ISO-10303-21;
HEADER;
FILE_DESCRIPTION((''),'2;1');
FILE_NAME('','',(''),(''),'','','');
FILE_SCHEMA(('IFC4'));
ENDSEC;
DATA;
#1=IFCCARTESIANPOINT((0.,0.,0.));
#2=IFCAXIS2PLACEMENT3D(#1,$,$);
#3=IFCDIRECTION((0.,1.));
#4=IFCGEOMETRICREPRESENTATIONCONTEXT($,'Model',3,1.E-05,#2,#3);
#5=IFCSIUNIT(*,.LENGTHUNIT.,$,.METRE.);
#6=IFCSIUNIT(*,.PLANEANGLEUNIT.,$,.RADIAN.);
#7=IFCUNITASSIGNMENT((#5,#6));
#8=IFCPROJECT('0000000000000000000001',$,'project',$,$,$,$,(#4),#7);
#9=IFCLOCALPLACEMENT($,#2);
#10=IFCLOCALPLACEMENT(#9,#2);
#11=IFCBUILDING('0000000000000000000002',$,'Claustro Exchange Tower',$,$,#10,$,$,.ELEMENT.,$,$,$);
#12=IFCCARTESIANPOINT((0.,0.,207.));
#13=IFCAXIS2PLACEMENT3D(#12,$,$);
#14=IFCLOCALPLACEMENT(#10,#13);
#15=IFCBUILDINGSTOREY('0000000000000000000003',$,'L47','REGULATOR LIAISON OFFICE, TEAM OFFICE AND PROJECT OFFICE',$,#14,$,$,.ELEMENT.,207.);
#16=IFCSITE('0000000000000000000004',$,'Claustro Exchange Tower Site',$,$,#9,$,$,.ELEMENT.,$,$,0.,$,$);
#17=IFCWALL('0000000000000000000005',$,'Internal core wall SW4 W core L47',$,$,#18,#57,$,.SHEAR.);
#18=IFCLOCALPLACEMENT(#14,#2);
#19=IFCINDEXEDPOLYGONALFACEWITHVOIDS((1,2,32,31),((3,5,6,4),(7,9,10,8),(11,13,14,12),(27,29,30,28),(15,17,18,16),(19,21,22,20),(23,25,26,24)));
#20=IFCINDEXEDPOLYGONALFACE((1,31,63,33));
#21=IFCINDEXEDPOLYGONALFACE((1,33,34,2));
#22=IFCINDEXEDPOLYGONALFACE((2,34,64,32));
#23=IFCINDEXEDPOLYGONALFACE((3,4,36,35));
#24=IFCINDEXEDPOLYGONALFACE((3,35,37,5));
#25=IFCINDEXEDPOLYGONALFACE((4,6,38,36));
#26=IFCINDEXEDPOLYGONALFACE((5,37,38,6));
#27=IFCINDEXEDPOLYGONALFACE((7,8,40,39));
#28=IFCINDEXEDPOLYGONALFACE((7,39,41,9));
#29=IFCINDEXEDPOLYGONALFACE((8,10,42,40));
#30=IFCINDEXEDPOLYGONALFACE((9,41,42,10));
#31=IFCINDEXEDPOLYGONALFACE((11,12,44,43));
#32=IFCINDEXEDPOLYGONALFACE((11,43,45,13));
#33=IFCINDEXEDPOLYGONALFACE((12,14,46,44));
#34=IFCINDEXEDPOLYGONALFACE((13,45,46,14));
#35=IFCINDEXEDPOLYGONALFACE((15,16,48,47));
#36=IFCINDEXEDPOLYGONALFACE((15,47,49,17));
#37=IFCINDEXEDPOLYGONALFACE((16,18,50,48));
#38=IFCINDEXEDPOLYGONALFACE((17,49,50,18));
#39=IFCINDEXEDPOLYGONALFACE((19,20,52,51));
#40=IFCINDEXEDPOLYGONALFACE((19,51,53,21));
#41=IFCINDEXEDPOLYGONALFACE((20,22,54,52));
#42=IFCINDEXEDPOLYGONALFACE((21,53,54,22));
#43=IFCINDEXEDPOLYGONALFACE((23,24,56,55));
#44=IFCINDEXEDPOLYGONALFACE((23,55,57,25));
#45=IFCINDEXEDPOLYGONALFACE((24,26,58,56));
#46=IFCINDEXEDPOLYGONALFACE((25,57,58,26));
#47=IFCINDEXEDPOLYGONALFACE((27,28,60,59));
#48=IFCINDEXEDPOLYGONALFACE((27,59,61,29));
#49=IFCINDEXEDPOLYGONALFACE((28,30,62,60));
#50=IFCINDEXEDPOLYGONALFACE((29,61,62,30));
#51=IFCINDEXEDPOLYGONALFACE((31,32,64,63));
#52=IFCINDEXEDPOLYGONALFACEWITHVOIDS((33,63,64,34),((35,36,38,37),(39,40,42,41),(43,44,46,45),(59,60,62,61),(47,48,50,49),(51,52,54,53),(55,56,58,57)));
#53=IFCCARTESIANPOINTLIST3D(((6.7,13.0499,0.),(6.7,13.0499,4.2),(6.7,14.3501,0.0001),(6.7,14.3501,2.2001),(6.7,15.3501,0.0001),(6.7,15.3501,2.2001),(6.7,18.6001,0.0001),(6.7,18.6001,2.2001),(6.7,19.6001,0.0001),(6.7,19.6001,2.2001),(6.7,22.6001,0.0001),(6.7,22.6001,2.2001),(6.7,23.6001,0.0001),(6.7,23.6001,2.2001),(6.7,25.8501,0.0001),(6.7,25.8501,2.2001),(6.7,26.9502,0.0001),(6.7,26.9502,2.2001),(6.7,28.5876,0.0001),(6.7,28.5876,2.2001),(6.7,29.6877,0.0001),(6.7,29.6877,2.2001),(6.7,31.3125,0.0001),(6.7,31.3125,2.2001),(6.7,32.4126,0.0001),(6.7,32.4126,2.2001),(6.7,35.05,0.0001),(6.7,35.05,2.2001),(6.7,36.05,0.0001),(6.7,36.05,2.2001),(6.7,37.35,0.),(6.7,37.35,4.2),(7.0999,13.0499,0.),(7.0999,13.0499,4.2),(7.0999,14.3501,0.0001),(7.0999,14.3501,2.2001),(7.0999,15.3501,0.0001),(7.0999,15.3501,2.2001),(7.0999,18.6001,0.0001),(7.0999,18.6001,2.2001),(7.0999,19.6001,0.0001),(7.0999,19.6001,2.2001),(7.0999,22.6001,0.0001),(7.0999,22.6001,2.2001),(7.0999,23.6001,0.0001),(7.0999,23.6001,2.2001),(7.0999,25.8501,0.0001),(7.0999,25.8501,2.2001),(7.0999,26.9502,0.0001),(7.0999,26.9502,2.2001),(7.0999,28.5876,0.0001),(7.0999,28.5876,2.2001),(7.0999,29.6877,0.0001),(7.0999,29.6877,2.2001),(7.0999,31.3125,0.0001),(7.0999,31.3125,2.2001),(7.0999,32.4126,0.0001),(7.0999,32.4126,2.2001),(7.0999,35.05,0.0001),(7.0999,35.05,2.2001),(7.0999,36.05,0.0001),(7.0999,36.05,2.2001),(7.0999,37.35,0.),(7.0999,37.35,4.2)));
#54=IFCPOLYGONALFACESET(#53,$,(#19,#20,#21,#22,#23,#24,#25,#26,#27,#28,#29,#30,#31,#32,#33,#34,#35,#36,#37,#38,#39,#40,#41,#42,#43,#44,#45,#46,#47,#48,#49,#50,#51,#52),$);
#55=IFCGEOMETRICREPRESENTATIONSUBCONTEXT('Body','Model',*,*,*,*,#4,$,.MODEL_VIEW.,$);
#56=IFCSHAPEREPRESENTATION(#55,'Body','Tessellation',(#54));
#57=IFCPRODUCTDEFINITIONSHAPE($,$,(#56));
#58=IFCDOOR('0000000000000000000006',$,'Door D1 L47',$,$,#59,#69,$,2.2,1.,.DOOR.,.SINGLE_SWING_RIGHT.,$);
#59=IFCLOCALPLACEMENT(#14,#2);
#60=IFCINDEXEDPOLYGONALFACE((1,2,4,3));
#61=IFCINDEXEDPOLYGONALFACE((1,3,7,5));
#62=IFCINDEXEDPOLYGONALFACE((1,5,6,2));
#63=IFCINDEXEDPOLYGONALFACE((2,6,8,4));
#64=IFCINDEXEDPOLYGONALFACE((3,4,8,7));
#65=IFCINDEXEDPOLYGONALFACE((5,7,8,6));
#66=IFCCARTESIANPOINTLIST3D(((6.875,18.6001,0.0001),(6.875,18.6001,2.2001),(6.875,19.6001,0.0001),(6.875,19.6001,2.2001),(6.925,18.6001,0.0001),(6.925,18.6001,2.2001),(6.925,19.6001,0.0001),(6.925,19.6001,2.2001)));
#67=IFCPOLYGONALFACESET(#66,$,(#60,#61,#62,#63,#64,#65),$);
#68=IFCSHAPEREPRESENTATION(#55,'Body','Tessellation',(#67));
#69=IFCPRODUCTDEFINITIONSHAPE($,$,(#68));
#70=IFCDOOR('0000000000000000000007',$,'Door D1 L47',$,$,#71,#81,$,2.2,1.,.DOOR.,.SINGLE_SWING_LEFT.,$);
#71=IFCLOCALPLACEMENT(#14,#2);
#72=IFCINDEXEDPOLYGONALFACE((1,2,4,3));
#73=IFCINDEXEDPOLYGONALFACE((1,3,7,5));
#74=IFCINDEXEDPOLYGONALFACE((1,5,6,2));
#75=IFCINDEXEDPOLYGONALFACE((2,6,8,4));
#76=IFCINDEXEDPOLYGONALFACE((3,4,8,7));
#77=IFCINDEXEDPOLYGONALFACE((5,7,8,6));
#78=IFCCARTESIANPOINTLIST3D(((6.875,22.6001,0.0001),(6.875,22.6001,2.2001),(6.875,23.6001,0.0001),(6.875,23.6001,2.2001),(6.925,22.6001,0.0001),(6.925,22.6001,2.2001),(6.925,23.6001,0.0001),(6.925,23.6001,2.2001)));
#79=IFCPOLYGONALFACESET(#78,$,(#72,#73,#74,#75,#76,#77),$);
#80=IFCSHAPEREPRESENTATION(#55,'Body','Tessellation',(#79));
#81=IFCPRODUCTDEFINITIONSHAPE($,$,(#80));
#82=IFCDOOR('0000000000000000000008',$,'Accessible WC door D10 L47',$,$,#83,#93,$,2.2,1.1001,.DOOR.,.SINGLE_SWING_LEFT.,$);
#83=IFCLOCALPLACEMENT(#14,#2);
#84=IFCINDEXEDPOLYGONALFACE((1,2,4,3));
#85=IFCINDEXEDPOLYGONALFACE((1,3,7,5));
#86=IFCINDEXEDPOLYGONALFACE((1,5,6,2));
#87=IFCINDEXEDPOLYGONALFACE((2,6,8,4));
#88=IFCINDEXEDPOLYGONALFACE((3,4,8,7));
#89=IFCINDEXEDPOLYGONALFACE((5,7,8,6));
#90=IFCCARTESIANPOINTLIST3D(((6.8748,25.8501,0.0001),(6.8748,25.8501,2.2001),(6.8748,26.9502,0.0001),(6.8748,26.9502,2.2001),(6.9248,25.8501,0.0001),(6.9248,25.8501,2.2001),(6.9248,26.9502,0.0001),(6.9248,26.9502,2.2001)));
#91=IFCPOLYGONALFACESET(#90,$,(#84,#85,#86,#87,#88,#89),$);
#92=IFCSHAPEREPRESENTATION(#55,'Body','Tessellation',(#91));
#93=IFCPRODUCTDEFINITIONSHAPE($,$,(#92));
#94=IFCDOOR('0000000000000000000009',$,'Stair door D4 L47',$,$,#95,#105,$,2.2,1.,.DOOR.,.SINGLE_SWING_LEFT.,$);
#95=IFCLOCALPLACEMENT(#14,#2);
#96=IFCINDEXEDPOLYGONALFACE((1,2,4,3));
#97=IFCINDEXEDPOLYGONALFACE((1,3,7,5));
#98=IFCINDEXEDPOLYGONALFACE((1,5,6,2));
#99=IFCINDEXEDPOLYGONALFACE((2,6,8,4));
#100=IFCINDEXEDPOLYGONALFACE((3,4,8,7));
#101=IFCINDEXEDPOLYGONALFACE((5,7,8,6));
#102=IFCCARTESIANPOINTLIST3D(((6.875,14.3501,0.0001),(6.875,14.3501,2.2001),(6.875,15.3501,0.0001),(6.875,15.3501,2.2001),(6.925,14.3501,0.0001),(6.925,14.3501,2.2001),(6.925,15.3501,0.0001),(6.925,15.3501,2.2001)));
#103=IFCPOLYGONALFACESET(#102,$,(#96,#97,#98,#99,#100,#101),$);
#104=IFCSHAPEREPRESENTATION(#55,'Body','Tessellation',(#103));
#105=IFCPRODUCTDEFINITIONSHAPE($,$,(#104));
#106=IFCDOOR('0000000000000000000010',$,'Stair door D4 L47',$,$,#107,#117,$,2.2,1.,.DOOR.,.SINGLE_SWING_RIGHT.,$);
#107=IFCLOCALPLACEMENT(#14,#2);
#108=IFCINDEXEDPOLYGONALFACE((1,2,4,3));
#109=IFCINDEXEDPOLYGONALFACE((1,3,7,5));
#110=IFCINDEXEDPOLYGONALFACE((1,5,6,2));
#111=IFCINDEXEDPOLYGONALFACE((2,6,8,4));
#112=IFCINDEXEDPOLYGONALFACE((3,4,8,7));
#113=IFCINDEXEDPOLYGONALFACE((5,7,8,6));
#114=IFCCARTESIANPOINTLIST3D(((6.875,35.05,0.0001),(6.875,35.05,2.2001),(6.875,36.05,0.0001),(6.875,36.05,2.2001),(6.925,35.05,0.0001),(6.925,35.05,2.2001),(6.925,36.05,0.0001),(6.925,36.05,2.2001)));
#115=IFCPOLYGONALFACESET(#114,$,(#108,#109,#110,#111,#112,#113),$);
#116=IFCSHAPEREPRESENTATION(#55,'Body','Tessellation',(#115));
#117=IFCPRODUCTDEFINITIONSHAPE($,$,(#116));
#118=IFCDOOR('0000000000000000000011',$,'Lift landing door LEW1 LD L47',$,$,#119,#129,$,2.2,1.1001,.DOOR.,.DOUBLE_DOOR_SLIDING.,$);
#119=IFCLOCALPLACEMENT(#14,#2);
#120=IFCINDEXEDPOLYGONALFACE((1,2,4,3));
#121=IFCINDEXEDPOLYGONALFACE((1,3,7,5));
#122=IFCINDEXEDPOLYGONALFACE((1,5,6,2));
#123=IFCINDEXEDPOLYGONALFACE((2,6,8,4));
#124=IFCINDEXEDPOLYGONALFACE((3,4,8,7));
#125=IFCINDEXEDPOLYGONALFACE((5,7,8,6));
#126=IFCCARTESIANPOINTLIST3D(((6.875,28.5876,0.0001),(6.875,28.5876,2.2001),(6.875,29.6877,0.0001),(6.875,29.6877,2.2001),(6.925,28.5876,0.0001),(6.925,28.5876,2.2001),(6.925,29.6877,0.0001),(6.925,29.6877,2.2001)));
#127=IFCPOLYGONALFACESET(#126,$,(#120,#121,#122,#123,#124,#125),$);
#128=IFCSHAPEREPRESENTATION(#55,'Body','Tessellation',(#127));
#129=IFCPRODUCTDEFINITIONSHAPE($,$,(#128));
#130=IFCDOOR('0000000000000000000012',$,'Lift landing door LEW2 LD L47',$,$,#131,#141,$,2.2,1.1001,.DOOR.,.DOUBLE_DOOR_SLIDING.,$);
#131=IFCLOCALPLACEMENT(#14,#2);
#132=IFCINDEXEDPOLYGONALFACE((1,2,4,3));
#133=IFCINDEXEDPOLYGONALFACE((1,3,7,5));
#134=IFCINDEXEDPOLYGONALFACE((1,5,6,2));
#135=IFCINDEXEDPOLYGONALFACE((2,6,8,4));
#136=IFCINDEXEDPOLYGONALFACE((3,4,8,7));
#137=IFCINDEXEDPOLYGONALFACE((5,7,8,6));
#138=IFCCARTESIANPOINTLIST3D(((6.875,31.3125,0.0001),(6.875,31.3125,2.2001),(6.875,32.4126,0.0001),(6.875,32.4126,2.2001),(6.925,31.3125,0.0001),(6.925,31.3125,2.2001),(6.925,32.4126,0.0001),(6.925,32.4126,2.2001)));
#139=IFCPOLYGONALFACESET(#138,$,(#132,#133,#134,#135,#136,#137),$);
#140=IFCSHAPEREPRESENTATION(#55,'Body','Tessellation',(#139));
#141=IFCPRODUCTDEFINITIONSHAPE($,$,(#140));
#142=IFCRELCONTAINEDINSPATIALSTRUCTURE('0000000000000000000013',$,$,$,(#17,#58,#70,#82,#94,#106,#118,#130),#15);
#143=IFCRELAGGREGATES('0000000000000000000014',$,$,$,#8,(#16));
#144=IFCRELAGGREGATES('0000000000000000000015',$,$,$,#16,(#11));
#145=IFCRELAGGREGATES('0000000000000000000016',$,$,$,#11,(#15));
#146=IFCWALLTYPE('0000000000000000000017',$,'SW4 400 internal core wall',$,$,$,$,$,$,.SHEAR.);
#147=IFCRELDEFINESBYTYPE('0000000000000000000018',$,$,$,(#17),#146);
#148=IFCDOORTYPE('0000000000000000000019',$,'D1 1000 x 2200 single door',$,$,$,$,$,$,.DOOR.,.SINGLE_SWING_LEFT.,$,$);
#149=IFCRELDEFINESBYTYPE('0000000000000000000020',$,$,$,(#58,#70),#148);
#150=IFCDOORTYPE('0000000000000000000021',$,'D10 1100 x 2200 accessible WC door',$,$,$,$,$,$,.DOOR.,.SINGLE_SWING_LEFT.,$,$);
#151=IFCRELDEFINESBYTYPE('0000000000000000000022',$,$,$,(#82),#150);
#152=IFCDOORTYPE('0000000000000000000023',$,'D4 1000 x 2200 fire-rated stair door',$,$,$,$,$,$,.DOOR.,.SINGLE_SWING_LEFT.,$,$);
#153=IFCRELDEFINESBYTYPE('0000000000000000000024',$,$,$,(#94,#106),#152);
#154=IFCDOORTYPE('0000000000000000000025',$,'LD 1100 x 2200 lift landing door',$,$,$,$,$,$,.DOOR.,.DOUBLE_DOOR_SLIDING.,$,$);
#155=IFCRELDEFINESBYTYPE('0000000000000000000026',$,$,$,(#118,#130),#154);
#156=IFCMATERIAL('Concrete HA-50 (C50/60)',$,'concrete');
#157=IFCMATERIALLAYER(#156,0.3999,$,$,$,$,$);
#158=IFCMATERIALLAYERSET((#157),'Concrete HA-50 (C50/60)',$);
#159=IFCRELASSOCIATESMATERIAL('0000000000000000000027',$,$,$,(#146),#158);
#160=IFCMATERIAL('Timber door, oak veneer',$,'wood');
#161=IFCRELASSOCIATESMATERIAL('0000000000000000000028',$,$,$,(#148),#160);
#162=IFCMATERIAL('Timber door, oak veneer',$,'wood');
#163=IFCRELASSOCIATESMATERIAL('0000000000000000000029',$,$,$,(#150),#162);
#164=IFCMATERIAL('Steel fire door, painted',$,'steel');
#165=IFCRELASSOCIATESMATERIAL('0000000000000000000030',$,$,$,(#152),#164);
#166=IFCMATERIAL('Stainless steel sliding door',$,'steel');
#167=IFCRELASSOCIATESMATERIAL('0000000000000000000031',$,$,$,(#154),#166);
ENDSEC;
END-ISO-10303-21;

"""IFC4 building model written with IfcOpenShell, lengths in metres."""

from ifc_helpers import new_model, si_unit, direction, frame, frame_2d, origin, place, context, subcontext, project, spatial, rectangle, extrude, material, layer, layer_set, type_object, element, fill, save


model = new_model("IFC4")

# Units and contexts
model_context = context("Model", 3, precision=1e-05, world=origin(), true_north=direction((0.0, 1.0)))
body_context = subcontext(model_context, "Body", "Model", "MODEL_VIEW")
ifc_project = project(units=[si_unit("LENGTHUNIT", "METRE"), si_unit("PLANEANGLEUNIT", "RADIAN")], contexts=[model_context])

# Site, building, storey
site_placement = place(None, origin())
site = spatial("IfcSite", under=ifc_project, at=site_placement, Name="Claustro Exchange Tower Site", CompositionType="ELEMENT", RefElevation=0.0)
building_placement = place(site_placement, origin())
building = spatial("IfcBuilding", under=site, at=building_placement, Name="Claustro Exchange Tower", CompositionType="ELEMENT")
storey_placement = place(building_placement, frame((0.0, 0.0, 207.0)))
storey = spatial("IfcBuildingStorey", under=building, at=storey_placement, Name="L47", Description="REGULATOR LIAISON OFFICE, TEAM OFFICE AND PROJECT OFFICE", CompositionType="ELEMENT", Elevation=207.0)

# Wall, openings, doors
ifc_material_1 = material(Name="Concrete HA-50 (C50/60)", Category="concrete")
ifc_layer_1 = layer(ifc_material_1, 0.3999)
ifc_layer_set_1 = layer_set([ifc_layer_1], Name="Concrete HA-50 (C50/60)")
wall_type_1 = type_object("IfcWallType", Name="SW4 400 internal core wall", PredefinedType="SHEAR", material=ifc_layer_set_1)
wall_1_placement = place(storey_placement, frame((6.8999, 13.05, 0.0), z_axis=(0.0, 0.0, 1.0), x_axis=(0.0, 1.0, 0.0)))
wall_1 = element("IfcWall", 1, at=wall_1_placement, inside=storey, type_object=wall_type_1, Name="Internal core wall SW4 W core L47", PredefinedType="SHEAR", context=body_context, shape_type="SweptSolid", body=[
    extrude(rectangle(XDim=24.3, YDim=0.3999, at=frame_2d((12.1499, 0.0))), origin(), (0.0, 0.0, 1.0), 4.2),
])
opening_1_placement = place(wall_1_placement, frame((1.3, 0.0, 0.0)))
opening_1 = element("IfcOpeningElement", 2, at=opening_1_placement, cuts=wall_1, PredefinedType="OPENING", context=body_context, shape_type="SweptSolid", body=[
    extrude(rectangle(XDim=1.0, YDim=2.2, at=frame_2d((0.5, 1.1001))), frame((0.0, 0.21, 0.0), z_axis=(0.0, -1.0, 0.0), x_axis=(1.0, 0.0, 0.0)), (0.0, 0.0, 1.0), 0.4199),
])
opening_2_placement = place(wall_1_placement, frame((22.0, 0.0, 0.0)))
opening_2 = element("IfcOpeningElement", 3, at=opening_2_placement, cuts=wall_1, PredefinedType="OPENING", context=body_context, shape_type="SweptSolid", body=[
    extrude(rectangle(XDim=1.0, YDim=2.2, at=frame_2d((0.5, 1.1001))), frame((0.0, 0.21, 0.0), z_axis=(0.0, -1.0, 0.0), x_axis=(1.0, 0.0, 0.0)), (0.0, 0.0, 1.0), 0.4199),
])
opening_3_placement = place(wall_1_placement, frame((5.55, 0.0, 0.0)))
opening_3 = element("IfcOpeningElement", 4, at=opening_3_placement, cuts=wall_1, PredefinedType="OPENING", context=body_context, shape_type="SweptSolid", body=[
    extrude(rectangle(XDim=1.0, YDim=2.2, at=frame_2d((0.5, 1.1001))), frame((0.0, 0.21, 0.0), z_axis=(0.0, -1.0, 0.0), x_axis=(1.0, 0.0, 0.0)), (0.0, 0.0, 1.0), 0.4199),
])
opening_4_placement = place(wall_1_placement, frame((9.55, 0.0, 0.0)))
opening_4 = element("IfcOpeningElement", 5, at=opening_4_placement, cuts=wall_1, PredefinedType="OPENING", context=body_context, shape_type="SweptSolid", body=[
    extrude(rectangle(XDim=1.0, YDim=2.2, at=frame_2d((0.5, 1.1001))), frame((0.0, 0.21, 0.0), z_axis=(0.0, -1.0, 0.0), x_axis=(1.0, 0.0, 0.0)), (0.0, 0.0, 1.0), 0.4199),
])
opening_5_placement = place(wall_1_placement, frame((12.8, 0.0, 0.0)))
opening_5 = element("IfcOpeningElement", 6, at=opening_5_placement, cuts=wall_1, PredefinedType="OPENING", context=body_context, shape_type="SweptSolid", body=[
    extrude(rectangle(XDim=1.1001, YDim=2.2, at=frame_2d((0.55, 1.1001))), frame((0.0, 0.21, 0.0), z_axis=(0.0, -1.0, 0.0), x_axis=(1.0, 0.0, 0.0)), (0.0, 0.0, 1.0), 0.4199),
])
opening_6_placement = place(wall_1_placement, frame((15.5376, 0.0, 0.0)))
opening_6 = element("IfcOpeningElement", 7, at=opening_6_placement, cuts=wall_1, PredefinedType="OPENING", context=body_context, shape_type="SweptSolid", body=[
    extrude(rectangle(XDim=1.1001, YDim=2.2, at=frame_2d((0.55, 1.1001))), frame((0.0, 0.21, 0.0), z_axis=(0.0, -1.0, 0.0), x_axis=(1.0, 0.0, 0.0)), (0.0, 0.0, 1.0), 0.4199),
])
opening_7_placement = place(wall_1_placement, frame((18.2625, 0.0, 0.0)))
opening_7 = element("IfcOpeningElement", 8, at=opening_7_placement, cuts=wall_1, PredefinedType="OPENING", context=body_context, shape_type="SweptSolid", body=[
    extrude(rectangle(XDim=1.1001, YDim=2.2, at=frame_2d((0.55, 1.1001))), frame((0.0, 0.21, 0.0), z_axis=(0.0, -1.0, 0.0), x_axis=(1.0, 0.0, 0.0)), (0.0, 0.0, 1.0), 0.4199),
])
ifc_material_2 = material(Name="Timber door, oak veneer", Category="wood")
door_type_1 = type_object("IfcDoorType", Name="D1 1000 x 2200 single door", OperationType="SINGLE_SWING_LEFT", PredefinedType="DOOR", material=ifc_material_2)
door_1_placement = place(opening_3_placement, origin())
door_1 = element("IfcDoor", 9, at=door_1_placement, inside=storey, type_object=door_type_1, Name="Door D1 L47", OperationType="SINGLE_SWING_RIGHT", OverallHeight=2.2, OverallWidth=1.0, PredefinedType="DOOR", context=body_context, shape_type="SweptSolid", body=[
    extrude(rectangle(XDim=1.0, YDim=2.2, at=frame_2d((0.5, 1.1001))), frame((0.0, 0.0249, 0.0), z_axis=(0.0, -1.0, 0.0), x_axis=(1.0, 0.0, 0.0)), (0.0, 0.0, 1.0), 0.05),
])
fill(opening_3, door_1)
door_2_placement = place(opening_4_placement, origin())
door_2 = element("IfcDoor", 10, at=door_2_placement, inside=storey, type_object=door_type_1, Name="Door D1 L47", OperationType="SINGLE_SWING_LEFT", OverallHeight=2.2, OverallWidth=1.0, PredefinedType="DOOR", context=body_context, shape_type="SweptSolid", body=[
    extrude(rectangle(XDim=1.0, YDim=2.2, at=frame_2d((0.5, 1.1001))), frame((0.0, 0.0249, 0.0), z_axis=(0.0, -1.0, 0.0), x_axis=(1.0, 0.0, 0.0)), (0.0, 0.0, 1.0), 0.05),
])
fill(opening_4, door_2)
ifc_material_3 = material(Name="Timber door, oak veneer", Category="wood")
door_type_2 = type_object("IfcDoorType", Name="D10 1100 x 2200 accessible WC door", OperationType="SINGLE_SWING_LEFT", PredefinedType="DOOR", material=ifc_material_3)
door_3_placement = place(opening_5_placement, frame((1.1001, 0.0, 0.0), z_axis=(0.0, 0.0, 1.0), x_axis=(-1.0, 0.0, 0.0)))
door_3 = element("IfcDoor", 11, at=door_3_placement, inside=storey, type_object=door_type_2, Name="Accessible WC door D10 L47", OperationType="SINGLE_SWING_LEFT", OverallHeight=2.2, OverallWidth=1.1001, PredefinedType="DOOR", context=body_context, shape_type="SweptSolid", body=[
    extrude(rectangle(XDim=1.1001, YDim=2.2, at=frame_2d((0.55, 1.1001))), frame((0.0, 0.0249, 0.0), z_axis=(0.0, -1.0, 0.0), x_axis=(1.0, 0.0, 0.0)), (0.0, 0.0, 1.0), 0.05),
])
fill(opening_5, door_3)
ifc_material_4 = material(Name="Steel fire door, painted", Category="steel")
door_type_3 = type_object("IfcDoorType", Name="D4 1000 x 2200 fire-rated stair door", OperationType="SINGLE_SWING_LEFT", PredefinedType="DOOR", material=ifc_material_4)
door_4_placement = place(opening_1_placement, origin())
door_4 = element("IfcDoor", 12, at=door_4_placement, inside=storey, type_object=door_type_3, Name="Stair door D4 L47", OperationType="SINGLE_SWING_LEFT", OverallHeight=2.2, OverallWidth=1.0, PredefinedType="DOOR", context=body_context, shape_type="SweptSolid", body=[
    extrude(rectangle(XDim=1.0, YDim=2.2, at=frame_2d((0.5, 1.1001))), frame((0.0, 0.0249, 0.0), z_axis=(0.0, -1.0, 0.0), x_axis=(1.0, 0.0, 0.0)), (0.0, 0.0, 1.0), 0.05),
])
fill(opening_1, door_4)
door_5_placement = place(opening_2_placement, origin())
door_5 = element("IfcDoor", 13, at=door_5_placement, inside=storey, type_object=door_type_3, Name="Stair door D4 L47", OperationType="SINGLE_SWING_RIGHT", OverallHeight=2.2, OverallWidth=1.0, PredefinedType="DOOR", context=body_context, shape_type="SweptSolid", body=[
    extrude(rectangle(XDim=1.0, YDim=2.2, at=frame_2d((0.5, 1.1001))), frame((0.0, 0.0249, 0.0), z_axis=(0.0, -1.0, 0.0), x_axis=(1.0, 0.0, 0.0)), (0.0, 0.0, 1.0), 0.05),
])
fill(opening_2, door_5)
ifc_material_5 = material(Name="Stainless steel sliding door", Category="steel")
door_type_4 = type_object("IfcDoorType", Name="LD 1100 x 2200 lift landing door", OperationType="DOUBLE_DOOR_SLIDING", PredefinedType="DOOR", material=ifc_material_5)
door_6_placement = place(opening_6_placement, origin())
door_6 = element("IfcDoor", 14, at=door_6_placement, inside=storey, type_object=door_type_4, Name="Lift landing door LEW1 LD L47", OperationType="DOUBLE_DOOR_SLIDING", OverallHeight=2.2, OverallWidth=1.1001, PredefinedType="DOOR", context=body_context, shape_type="SweptSolid", body=[
    extrude(rectangle(XDim=1.1001, YDim=2.2, at=frame_2d((0.55, 1.1001))), frame((0.0, 0.0249, 0.0), z_axis=(0.0, -1.0, 0.0), x_axis=(1.0, 0.0, 0.0)), (0.0, 0.0, 1.0), 0.05),
])
fill(opening_6, door_6)
door_7_placement = place(opening_7_placement, origin())
door_7 = element("IfcDoor", 15, at=door_7_placement, inside=storey, type_object=door_type_4, Name="Lift landing door LEW2 LD L47", OperationType="DOUBLE_DOOR_SLIDING", OverallHeight=2.2, OverallWidth=1.1001, PredefinedType="DOOR", context=body_context, shape_type="SweptSolid", body=[
    extrude(rectangle(XDim=1.1001, YDim=2.2, at=frame_2d((0.55, 1.1001))), frame((0.0, 0.0249, 0.0), z_axis=(0.0, -1.0, 0.0), x_axis=(1.0, 0.0, 0.0)), (0.0, 0.0, 1.0), 0.05),
])
fill(opening_7, door_7)

save(model, "model.ifc")
